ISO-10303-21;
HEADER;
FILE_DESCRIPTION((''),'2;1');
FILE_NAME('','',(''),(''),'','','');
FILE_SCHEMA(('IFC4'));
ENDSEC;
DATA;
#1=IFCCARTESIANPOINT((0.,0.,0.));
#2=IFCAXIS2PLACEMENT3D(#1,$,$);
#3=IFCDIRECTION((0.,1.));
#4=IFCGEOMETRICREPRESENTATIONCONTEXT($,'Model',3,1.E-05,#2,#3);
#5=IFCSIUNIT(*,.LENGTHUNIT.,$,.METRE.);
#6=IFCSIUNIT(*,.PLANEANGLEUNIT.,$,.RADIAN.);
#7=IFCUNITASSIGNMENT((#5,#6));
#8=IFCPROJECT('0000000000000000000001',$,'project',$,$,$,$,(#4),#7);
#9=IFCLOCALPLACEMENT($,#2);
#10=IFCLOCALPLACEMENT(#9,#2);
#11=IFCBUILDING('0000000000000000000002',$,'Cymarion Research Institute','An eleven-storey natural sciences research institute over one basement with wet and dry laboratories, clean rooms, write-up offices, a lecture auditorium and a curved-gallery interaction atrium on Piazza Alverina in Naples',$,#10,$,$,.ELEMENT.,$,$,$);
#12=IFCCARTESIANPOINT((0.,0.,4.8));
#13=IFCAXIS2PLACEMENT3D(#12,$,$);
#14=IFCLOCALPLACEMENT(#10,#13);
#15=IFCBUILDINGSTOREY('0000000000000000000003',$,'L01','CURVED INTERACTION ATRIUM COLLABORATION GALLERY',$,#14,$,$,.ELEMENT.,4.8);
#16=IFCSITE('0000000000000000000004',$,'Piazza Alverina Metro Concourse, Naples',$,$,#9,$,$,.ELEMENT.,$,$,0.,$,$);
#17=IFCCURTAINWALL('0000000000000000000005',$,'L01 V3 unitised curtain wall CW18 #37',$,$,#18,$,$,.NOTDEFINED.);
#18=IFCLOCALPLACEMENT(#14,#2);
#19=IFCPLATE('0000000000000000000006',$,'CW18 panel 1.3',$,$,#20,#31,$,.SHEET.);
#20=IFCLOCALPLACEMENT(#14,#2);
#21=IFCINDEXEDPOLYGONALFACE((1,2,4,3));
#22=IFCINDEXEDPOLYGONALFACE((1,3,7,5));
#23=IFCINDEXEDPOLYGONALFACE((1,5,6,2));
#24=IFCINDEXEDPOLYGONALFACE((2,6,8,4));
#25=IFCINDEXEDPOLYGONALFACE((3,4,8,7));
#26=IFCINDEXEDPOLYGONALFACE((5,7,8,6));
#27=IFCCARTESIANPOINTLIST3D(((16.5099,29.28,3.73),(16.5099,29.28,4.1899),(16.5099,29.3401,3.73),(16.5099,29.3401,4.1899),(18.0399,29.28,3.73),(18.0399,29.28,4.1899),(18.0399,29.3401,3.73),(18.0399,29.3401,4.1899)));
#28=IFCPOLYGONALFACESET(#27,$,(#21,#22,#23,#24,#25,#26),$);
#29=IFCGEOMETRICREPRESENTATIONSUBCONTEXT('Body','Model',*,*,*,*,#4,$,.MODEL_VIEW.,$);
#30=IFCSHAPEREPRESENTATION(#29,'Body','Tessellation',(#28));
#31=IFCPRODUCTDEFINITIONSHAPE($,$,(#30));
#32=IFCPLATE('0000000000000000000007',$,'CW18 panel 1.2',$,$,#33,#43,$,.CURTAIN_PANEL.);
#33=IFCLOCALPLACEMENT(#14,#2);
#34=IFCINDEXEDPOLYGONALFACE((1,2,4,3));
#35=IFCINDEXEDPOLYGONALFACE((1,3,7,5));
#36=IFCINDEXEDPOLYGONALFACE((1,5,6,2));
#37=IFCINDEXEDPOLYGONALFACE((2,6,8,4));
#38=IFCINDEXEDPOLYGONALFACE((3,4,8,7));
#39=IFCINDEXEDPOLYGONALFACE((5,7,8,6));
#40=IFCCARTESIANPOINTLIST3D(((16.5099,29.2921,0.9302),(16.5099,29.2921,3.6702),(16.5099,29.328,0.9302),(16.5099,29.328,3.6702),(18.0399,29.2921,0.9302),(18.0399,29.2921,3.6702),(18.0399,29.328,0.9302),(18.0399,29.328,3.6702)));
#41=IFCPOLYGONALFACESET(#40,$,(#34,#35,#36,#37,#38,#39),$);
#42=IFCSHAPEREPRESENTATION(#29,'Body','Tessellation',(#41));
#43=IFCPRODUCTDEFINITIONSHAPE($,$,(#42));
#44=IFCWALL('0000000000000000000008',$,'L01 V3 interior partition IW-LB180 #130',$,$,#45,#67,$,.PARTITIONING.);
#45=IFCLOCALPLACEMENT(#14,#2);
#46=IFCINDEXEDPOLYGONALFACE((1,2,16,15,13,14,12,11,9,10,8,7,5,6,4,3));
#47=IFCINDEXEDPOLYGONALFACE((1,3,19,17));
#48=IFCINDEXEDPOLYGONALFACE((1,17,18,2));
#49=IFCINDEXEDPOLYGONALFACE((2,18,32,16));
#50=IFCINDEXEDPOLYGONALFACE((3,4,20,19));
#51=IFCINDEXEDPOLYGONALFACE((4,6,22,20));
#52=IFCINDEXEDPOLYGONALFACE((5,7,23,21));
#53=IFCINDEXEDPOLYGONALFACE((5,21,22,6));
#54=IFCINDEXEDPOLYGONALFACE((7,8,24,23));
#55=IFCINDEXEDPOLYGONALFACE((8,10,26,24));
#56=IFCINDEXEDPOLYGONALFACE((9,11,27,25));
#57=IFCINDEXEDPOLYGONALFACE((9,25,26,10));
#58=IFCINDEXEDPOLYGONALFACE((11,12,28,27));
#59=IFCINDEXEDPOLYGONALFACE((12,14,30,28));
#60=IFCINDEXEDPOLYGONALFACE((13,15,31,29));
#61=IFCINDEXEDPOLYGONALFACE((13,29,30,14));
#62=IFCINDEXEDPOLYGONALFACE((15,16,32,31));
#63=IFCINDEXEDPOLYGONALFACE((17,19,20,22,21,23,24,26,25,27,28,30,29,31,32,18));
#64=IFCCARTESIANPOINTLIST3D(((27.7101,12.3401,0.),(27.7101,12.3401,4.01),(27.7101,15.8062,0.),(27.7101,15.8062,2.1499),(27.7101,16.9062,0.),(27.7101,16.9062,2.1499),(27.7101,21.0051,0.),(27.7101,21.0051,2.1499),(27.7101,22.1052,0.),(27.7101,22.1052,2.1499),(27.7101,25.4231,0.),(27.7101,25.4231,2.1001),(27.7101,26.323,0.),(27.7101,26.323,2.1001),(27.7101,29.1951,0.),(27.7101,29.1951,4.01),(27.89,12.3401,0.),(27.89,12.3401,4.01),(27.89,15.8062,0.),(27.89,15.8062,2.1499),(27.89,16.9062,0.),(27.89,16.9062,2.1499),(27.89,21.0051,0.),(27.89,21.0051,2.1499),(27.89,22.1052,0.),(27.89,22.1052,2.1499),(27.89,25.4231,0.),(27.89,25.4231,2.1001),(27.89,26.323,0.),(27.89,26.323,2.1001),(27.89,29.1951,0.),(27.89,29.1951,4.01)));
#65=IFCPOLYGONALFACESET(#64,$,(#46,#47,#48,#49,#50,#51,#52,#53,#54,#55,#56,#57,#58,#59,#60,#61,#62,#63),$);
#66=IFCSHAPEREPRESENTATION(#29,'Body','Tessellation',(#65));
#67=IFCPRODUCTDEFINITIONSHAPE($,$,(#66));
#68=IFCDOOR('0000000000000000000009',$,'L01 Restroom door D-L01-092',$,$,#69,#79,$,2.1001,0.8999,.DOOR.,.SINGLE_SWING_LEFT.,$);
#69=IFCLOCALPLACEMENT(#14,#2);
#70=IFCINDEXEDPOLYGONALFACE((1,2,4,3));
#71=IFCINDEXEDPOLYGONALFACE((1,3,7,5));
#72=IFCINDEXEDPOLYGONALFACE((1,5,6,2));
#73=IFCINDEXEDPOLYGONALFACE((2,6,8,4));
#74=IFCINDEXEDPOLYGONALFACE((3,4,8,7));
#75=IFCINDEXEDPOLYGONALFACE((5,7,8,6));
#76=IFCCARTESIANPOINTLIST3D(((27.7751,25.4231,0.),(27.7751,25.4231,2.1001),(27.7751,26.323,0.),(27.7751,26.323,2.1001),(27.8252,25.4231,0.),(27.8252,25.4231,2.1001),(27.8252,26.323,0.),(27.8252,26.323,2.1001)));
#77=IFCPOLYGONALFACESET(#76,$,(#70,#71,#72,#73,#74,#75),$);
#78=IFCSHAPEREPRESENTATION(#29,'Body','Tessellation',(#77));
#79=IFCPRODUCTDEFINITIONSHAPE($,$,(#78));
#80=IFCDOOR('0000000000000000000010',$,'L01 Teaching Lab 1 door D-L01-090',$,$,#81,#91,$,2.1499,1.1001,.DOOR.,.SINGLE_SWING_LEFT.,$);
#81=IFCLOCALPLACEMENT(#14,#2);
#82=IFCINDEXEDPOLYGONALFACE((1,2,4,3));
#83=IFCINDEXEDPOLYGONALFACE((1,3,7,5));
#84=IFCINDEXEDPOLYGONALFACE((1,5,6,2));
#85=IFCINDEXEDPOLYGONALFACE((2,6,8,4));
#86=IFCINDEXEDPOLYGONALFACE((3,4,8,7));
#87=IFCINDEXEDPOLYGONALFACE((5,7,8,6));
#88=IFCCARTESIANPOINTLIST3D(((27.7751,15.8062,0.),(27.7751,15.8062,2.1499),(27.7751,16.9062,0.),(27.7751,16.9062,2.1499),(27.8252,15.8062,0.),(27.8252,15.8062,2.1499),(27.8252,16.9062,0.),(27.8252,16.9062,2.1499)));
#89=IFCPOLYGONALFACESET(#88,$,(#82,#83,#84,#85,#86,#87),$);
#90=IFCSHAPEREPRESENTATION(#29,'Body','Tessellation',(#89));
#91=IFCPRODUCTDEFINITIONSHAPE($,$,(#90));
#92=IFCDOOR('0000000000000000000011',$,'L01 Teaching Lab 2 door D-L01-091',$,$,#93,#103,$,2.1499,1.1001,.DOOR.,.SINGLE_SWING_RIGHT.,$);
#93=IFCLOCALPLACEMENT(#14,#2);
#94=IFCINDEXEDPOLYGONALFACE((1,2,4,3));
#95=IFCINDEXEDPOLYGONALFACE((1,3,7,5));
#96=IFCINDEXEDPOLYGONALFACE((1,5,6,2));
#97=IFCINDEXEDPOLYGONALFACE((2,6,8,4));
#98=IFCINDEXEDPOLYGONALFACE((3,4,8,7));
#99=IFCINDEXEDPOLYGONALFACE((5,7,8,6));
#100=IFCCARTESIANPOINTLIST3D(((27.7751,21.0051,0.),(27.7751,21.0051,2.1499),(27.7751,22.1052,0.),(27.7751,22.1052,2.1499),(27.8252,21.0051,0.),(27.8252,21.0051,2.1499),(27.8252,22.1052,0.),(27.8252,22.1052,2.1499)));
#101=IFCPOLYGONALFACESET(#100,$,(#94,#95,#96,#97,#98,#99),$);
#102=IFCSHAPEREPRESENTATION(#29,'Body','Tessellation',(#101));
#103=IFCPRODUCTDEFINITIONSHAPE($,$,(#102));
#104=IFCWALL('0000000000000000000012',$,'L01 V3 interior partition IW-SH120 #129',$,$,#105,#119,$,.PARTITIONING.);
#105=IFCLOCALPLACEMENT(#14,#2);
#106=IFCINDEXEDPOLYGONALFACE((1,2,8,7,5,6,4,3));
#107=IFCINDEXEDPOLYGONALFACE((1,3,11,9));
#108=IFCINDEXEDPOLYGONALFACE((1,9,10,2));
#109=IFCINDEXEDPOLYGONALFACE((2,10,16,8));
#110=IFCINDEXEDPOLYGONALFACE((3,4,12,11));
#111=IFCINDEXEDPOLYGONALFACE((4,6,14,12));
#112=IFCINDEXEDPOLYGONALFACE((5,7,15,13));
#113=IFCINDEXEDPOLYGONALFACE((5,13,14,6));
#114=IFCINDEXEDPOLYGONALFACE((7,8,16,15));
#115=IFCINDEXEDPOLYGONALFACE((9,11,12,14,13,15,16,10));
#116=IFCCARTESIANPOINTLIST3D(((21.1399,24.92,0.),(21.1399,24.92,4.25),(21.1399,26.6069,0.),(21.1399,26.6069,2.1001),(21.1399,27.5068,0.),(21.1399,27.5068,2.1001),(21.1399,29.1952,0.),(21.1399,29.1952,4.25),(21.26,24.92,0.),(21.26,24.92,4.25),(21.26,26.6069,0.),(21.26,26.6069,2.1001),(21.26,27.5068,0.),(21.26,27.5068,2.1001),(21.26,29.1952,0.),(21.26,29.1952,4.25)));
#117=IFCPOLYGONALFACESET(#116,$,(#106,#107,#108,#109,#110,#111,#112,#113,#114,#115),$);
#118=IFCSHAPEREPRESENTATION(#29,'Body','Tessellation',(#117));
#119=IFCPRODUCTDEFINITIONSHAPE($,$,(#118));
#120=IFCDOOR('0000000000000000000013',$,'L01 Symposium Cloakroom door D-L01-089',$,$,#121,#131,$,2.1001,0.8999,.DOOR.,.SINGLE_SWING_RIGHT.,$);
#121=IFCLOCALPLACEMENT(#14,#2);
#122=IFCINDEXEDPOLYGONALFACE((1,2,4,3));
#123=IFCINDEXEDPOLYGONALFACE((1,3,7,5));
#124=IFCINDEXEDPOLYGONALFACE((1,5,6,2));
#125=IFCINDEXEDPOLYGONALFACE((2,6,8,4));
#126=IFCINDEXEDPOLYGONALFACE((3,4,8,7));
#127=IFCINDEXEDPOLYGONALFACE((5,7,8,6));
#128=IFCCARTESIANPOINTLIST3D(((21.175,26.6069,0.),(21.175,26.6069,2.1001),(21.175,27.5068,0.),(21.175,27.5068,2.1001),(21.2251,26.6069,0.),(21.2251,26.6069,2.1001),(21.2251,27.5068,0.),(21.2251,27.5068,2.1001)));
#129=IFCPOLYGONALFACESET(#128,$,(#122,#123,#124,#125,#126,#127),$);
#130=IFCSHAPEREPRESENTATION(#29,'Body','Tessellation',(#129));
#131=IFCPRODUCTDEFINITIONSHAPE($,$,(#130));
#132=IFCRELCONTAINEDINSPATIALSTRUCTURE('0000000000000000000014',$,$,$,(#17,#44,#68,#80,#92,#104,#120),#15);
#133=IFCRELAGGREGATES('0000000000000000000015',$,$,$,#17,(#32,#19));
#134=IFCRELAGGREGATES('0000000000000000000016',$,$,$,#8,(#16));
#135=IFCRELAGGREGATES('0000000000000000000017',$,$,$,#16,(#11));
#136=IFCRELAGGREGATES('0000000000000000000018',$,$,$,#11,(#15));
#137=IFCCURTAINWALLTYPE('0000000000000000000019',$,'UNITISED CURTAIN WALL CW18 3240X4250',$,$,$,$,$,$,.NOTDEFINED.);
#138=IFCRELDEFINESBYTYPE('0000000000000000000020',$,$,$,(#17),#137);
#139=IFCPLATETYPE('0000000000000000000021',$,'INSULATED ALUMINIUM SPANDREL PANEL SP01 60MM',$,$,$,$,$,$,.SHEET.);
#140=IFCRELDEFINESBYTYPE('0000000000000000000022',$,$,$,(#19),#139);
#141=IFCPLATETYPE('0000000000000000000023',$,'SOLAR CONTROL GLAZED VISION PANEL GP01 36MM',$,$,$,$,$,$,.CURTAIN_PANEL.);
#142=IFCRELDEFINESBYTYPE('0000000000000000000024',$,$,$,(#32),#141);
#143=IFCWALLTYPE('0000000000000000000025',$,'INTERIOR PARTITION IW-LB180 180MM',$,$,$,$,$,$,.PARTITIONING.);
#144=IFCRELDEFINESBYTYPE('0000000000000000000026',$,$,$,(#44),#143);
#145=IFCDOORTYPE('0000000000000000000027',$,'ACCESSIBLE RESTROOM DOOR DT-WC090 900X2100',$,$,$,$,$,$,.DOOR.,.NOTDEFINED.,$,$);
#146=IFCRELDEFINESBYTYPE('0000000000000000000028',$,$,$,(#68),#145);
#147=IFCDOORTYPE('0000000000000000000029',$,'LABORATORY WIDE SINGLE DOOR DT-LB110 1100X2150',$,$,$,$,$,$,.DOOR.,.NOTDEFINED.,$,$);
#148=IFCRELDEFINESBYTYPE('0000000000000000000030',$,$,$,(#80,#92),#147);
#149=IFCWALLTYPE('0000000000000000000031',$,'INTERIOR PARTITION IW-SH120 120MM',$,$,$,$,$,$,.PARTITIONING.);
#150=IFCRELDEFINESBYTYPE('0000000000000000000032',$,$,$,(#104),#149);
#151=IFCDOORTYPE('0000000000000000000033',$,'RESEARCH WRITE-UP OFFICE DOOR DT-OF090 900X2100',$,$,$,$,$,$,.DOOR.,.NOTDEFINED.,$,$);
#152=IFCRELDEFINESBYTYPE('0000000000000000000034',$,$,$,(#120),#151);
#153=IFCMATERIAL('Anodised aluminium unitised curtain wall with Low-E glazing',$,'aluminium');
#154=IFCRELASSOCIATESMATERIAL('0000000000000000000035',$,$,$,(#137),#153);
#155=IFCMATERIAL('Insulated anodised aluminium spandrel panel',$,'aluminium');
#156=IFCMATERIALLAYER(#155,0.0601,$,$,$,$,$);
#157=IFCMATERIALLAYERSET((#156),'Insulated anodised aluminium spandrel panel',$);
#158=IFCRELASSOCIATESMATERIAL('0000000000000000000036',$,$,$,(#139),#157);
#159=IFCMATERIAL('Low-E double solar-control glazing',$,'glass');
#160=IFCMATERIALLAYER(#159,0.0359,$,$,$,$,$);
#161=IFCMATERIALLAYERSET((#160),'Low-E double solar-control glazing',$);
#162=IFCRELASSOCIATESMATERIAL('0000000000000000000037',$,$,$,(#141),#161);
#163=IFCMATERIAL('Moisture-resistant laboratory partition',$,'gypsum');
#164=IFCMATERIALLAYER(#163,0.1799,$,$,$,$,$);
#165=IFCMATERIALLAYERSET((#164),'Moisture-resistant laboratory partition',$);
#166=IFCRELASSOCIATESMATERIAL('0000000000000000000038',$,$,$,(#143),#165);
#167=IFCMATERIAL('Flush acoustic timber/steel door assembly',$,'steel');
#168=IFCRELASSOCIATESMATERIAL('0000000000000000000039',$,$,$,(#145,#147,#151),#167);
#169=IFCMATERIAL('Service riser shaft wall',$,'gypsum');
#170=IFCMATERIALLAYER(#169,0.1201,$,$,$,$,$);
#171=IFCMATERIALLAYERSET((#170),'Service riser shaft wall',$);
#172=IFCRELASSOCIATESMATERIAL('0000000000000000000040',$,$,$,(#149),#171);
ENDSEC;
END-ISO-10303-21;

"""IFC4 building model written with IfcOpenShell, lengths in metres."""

from ifc_helpers import new_model, si_unit, direction, frame, frame_2d, origin, origin_2d, place, context, subcontext, project, spatial, rectangle, extrude, material, layer, layer_set, type_object, element, fill, aggregate, save


model = new_model("IFC4")

# Units and contexts
model_context = context("Model", 3, precision=1e-05, world=origin(), true_north=direction((0.0, 1.0)))
body_context = subcontext(model_context, "Body", "Model", "MODEL_VIEW")
ifc_project = project(units=[si_unit("LENGTHUNIT", "METRE"), si_unit("PLANEANGLEUNIT", "RADIAN")], contexts=[model_context])

# Site, building, storey
site_placement = place(None, origin())
site = spatial("IfcSite", under=ifc_project, at=site_placement, Name="Piazza Alverina Metro Concourse, Naples", CompositionType="ELEMENT", RefElevation=0.0)
building_placement = place(site_placement, origin())
building = spatial("IfcBuilding", under=site, at=building_placement, Name="Cymarion Research Institute", Description="An eleven-storey natural sciences research institute over one basement with wet and dry laboratories, clean rooms, write-up offices, a lecture auditorium and a curved-gallery interaction atrium on Piazza Alverina in Naples", CompositionType="ELEMENT")
storey_placement = place(building_placement, frame((0.0, 0.0, 4.8)))
storey = spatial("IfcBuildingStorey", under=building, at=storey_placement, Name="L01", Description="CURVED INTERACTION ATRIUM COLLABORATION GALLERY", CompositionType="ELEMENT", Elevation=4.8)

# Curtain wall
ifc_material_1 = material(Name="Anodised aluminium unitised curtain wall with Low-E glazing", Category="aluminium")
curtain_wall_type = type_object("IfcCurtainWallType", Name="UNITISED CURTAIN WALL CW18 3240X4250", PredefinedType="NOTDEFINED", material=ifc_material_1)
curtain_wall_placement = place(storey_placement, origin())
curtain_wall = element("IfcCurtainWall", 1, at=curtain_wall_placement, inside=storey, type_object=curtain_wall_type, Name="L01 V3 unitised curtain wall CW18 #37", PredefinedType="NOTDEFINED")

# Plates
ifc_material_2 = material(Name="Insulated anodised aluminium spandrel panel", Category="aluminium")
ifc_layer_1 = layer(ifc_material_2, 0.0601)
ifc_layer_set_1 = layer_set([ifc_layer_1], Name="Insulated anodised aluminium spandrel panel")
plate_type_1 = type_object("IfcPlateType", Name="INSULATED ALUMINIUM SPANDREL PANEL SP01 60MM", PredefinedType="SHEET", material=ifc_layer_set_1)
plate_1_placement = place(storey_placement, frame((17.2749, 29.3101, 3.73), z_axis=(0.0, 0.0, 1.0), x_axis=(-1.0, 0.0, 0.0)))
plate_1 = element("IfcPlate", 2, at=plate_1_placement, type_object=plate_type_1, Name="CW18 panel 1.3", PredefinedType="SHEET", context=body_context, shape_type="SweptSolid", body=[
    extrude(rectangle(XDim=1.53, YDim=0.0601, at=origin_2d()), origin(), (0.0, 0.0, 1.0), 0.46),
])
ifc_material_3 = material(Name="Low-E double solar-control glazing", Category="glass")
ifc_layer_2 = layer(ifc_material_3, 0.0359)
ifc_layer_set_2 = layer_set([ifc_layer_2], Name="Low-E double solar-control glazing")
plate_type_2 = type_object("IfcPlateType", Name="SOLAR CONTROL GLAZED VISION PANEL GP01 36MM", PredefinedType="CURTAIN_PANEL", material=ifc_layer_set_2)
plate_2_placement = place(storey_placement, frame((17.2749, 29.3101, 0.9302), z_axis=(0.0, 0.0, 1.0), x_axis=(-1.0, 0.0, 0.0)))
plate_2 = element("IfcPlate", 3, at=plate_2_placement, type_object=plate_type_2, Name="CW18 panel 1.2", PredefinedType="CURTAIN_PANEL", context=body_context, shape_type="SweptSolid", body=[
    extrude(rectangle(XDim=1.53, YDim=0.0359, at=origin_2d()), origin(), (0.0, 0.0, 1.0), 2.74),
])
aggregate(curtain_wall, [plate_2, plate_1])

# Wall, openings, doors
ifc_material_4 = material(Name="Moisture-resistant laboratory partition", Category="gypsum")
ifc_layer_3 = layer(ifc_material_4, 0.1799)
ifc_layer_set_3 = layer_set([ifc_layer_3], Name="Moisture-resistant laboratory partition")
wall_type_1 = type_object("IfcWallType", Name="INTERIOR PARTITION IW-LB180 180MM", PredefinedType="PARTITIONING", material=ifc_layer_set_3)
wall_1_placement = place(storey_placement, frame((27.8, 12.3401, 0.0), z_axis=(0.0, 0.0, 1.0), x_axis=(0.0, 1.0, 0.0)))
wall_1 = element("IfcWall", 4, at=wall_1_placement, inside=storey, type_object=wall_type_1, Name="L01 V3 interior partition IW-LB180 #130", PredefinedType="PARTITIONING", context=body_context, shape_type="SweptSolid", body=[
    extrude(rectangle(XDim=16.855, YDim=0.1799, at=frame_2d((8.4275, 0.0))), origin(), (0.0, 0.0, 1.0), 4.01),
])
opening_1_placement = place(wall_1_placement, frame((3.4661, 0.0, 0.0)))
opening_1 = element("IfcOpeningElement", 5, at=opening_1_placement, cuts=wall_1, PredefinedType="OPENING", context=body_context, shape_type="SweptSolid", body=[
    extrude(rectangle(XDim=1.1001, YDim=2.1499, at=frame_2d((0.55, 1.075))), frame((0.0, 0.0999, 0.0), z_axis=(0.0, -1.0, 0.0), x_axis=(1.0, 0.0, 0.0)), (0.0, 0.0, 1.0), 0.2),
])
opening_2_placement = place(wall_1_placement, frame((8.665, 0.0, 0.0)))
opening_2 = element("IfcOpeningElement", 6, at=opening_2_placement, cuts=wall_1, PredefinedType="OPENING", context=body_context, shape_type="SweptSolid", body=[
    extrude(rectangle(XDim=1.1001, YDim=2.1499, at=frame_2d((0.55, 1.075))), frame((0.0, 0.0999, 0.0), z_axis=(0.0, -1.0, 0.0), x_axis=(1.0, 0.0, 0.0)), (0.0, 0.0, 1.0), 0.2),
])
opening_3_placement = place(wall_1_placement, frame((13.083, 0.0, 0.0)))
opening_3 = element("IfcOpeningElement", 7, at=opening_3_placement, cuts=wall_1, PredefinedType="OPENING", context=body_context, shape_type="SweptSolid", body=[
    extrude(rectangle(XDim=0.8999, YDim=2.1001, at=frame_2d((0.45, 1.05))), frame((0.0, 0.0999, 0.0), z_axis=(0.0, -1.0, 0.0), x_axis=(1.0, 0.0, 0.0)), (0.0, 0.0, 1.0), 0.2),
])
ifc_material_5 = material(Name="Flush acoustic timber/steel door assembly", Category="steel")
door_type_1 = type_object("IfcDoorType", Name="ACCESSIBLE RESTROOM DOOR DT-WC090 900X2100", OperationType="NOTDEFINED", PredefinedType="DOOR", material=ifc_material_5)
door_1_placement = place(opening_3_placement, origin())
door_1 = element("IfcDoor", 8, at=door_1_placement, inside=storey, type_object=door_type_1, Name="L01 Restroom door D-L01-092", OperationType="SINGLE_SWING_LEFT", OverallHeight=2.1001, OverallWidth=0.8999, PredefinedType="DOOR", context=body_context, shape_type="SweptSolid", body=[
    extrude(rectangle(XDim=0.8999, YDim=2.1001, at=frame_2d((0.45, 1.05))), frame((0.0, 0.0249, 0.0), z_axis=(0.0, -1.0, 0.0), x_axis=(1.0, 0.0, 0.0)), (0.0, 0.0, 1.0), 0.05),
])
fill(opening_3, door_1)
door_type_2 = type_object("IfcDoorType", Name="LABORATORY WIDE SINGLE DOOR DT-LB110 1100X2150", OperationType="NOTDEFINED", PredefinedType="DOOR", material=ifc_material_5)
door_2_placement = place(opening_1_placement, origin())
door_2 = element("IfcDoor", 9, at=door_2_placement, inside=storey, type_object=door_type_2, Name="L01 Teaching Lab 1 door D-L01-090", OperationType="SINGLE_SWING_LEFT", OverallHeight=2.1499, OverallWidth=1.1001, PredefinedType="DOOR", context=body_context, shape_type="SweptSolid", body=[
    extrude(rectangle(XDim=1.1001, YDim=2.1499, at=frame_2d((0.55, 1.075))), frame((0.0, 0.0249, 0.0), z_axis=(0.0, -1.0, 0.0), x_axis=(1.0, 0.0, 0.0)), (0.0, 0.0, 1.0), 0.05),
])
fill(opening_1, door_2)
door_3_placement = place(opening_2_placement, origin())
door_3 = element("IfcDoor", 10, at=door_3_placement, inside=storey, type_object=door_type_2, Name="L01 Teaching Lab 2 door D-L01-091", OperationType="SINGLE_SWING_RIGHT", OverallHeight=2.1499, OverallWidth=1.1001, PredefinedType="DOOR", context=body_context, shape_type="SweptSolid", body=[
    extrude(rectangle(XDim=1.1001, YDim=2.1499, at=frame_2d((0.55, 1.075))), frame((0.0, 0.0249, 0.0), z_axis=(0.0, -1.0, 0.0), x_axis=(1.0, 0.0, 0.0)), (0.0, 0.0, 1.0), 0.05),
])
fill(opening_2, door_3)

# Wall, opening, door
ifc_material_6 = material(Name="Service riser shaft wall", Category="gypsum")
ifc_layer_4 = layer(ifc_material_6, 0.1201)
ifc_layer_set_4 = layer_set([ifc_layer_4], Name="Service riser shaft wall")
wall_type_2 = type_object("IfcWallType", Name="INTERIOR PARTITION IW-SH120 120MM", PredefinedType="PARTITIONING", material=ifc_layer_set_4)
wall_2_placement = place(storey_placement, frame((21.2, 24.9199, 0.0), z_axis=(0.0, 0.0, 1.0), x_axis=(0.0, 1.0, 0.0)))
wall_2 = element("IfcWall", 11, at=wall_2_placement, inside=storey, type_object=wall_type_2, Name="L01 V3 interior partition IW-SH120 #129", PredefinedType="PARTITIONING", context=body_context, shape_type="SweptSolid", body=[
    extrude(rectangle(XDim=4.2751, YDim=0.1201, at=frame_2d((2.1377, 0.0))), origin(), (0.0, 0.0, 1.0), 4.25),
])
opening_4_placement = place(wall_2_placement, frame((1.687, 0.0, 0.0)))
opening_4 = element("IfcOpeningElement", 12, at=opening_4_placement, cuts=wall_2, PredefinedType="OPENING", context=body_context, shape_type="SweptSolid", body=[
    extrude(rectangle(XDim=0.8999, YDim=2.1001, at=frame_2d((0.45, 1.05))), frame((0.0, 0.0701, 0.0), z_axis=(0.0, -1.0, 0.0), x_axis=(1.0, 0.0, 0.0)), (0.0, 0.0, 1.0), 0.1401),
])
door_type_3 = type_object("IfcDoorType", Name="RESEARCH WRITE-UP OFFICE DOOR DT-OF090 900X2100", OperationType="NOTDEFINED", PredefinedType="DOOR", material=ifc_material_5)
door_4_placement = place(opening_4_placement, origin())
door_4 = element("IfcDoor", 13, at=door_4_placement, inside=storey, type_object=door_type_3, Name="L01 Symposium Cloakroom door D-L01-089", OperationType="SINGLE_SWING_RIGHT", OverallHeight=2.1001, OverallWidth=0.8999, PredefinedType="DOOR", context=body_context, shape_type="SweptSolid", body=[
    extrude(rectangle(XDim=0.8999, YDim=2.1001, at=frame_2d((0.45, 1.05))), frame((0.0, 0.0249, 0.0), z_axis=(0.0, -1.0, 0.0), x_axis=(1.0, 0.0, 0.0)), (0.0, 0.0, 1.0), 0.05),
])
fill(opening_4, door_4)

save(model, "model.ifc")
